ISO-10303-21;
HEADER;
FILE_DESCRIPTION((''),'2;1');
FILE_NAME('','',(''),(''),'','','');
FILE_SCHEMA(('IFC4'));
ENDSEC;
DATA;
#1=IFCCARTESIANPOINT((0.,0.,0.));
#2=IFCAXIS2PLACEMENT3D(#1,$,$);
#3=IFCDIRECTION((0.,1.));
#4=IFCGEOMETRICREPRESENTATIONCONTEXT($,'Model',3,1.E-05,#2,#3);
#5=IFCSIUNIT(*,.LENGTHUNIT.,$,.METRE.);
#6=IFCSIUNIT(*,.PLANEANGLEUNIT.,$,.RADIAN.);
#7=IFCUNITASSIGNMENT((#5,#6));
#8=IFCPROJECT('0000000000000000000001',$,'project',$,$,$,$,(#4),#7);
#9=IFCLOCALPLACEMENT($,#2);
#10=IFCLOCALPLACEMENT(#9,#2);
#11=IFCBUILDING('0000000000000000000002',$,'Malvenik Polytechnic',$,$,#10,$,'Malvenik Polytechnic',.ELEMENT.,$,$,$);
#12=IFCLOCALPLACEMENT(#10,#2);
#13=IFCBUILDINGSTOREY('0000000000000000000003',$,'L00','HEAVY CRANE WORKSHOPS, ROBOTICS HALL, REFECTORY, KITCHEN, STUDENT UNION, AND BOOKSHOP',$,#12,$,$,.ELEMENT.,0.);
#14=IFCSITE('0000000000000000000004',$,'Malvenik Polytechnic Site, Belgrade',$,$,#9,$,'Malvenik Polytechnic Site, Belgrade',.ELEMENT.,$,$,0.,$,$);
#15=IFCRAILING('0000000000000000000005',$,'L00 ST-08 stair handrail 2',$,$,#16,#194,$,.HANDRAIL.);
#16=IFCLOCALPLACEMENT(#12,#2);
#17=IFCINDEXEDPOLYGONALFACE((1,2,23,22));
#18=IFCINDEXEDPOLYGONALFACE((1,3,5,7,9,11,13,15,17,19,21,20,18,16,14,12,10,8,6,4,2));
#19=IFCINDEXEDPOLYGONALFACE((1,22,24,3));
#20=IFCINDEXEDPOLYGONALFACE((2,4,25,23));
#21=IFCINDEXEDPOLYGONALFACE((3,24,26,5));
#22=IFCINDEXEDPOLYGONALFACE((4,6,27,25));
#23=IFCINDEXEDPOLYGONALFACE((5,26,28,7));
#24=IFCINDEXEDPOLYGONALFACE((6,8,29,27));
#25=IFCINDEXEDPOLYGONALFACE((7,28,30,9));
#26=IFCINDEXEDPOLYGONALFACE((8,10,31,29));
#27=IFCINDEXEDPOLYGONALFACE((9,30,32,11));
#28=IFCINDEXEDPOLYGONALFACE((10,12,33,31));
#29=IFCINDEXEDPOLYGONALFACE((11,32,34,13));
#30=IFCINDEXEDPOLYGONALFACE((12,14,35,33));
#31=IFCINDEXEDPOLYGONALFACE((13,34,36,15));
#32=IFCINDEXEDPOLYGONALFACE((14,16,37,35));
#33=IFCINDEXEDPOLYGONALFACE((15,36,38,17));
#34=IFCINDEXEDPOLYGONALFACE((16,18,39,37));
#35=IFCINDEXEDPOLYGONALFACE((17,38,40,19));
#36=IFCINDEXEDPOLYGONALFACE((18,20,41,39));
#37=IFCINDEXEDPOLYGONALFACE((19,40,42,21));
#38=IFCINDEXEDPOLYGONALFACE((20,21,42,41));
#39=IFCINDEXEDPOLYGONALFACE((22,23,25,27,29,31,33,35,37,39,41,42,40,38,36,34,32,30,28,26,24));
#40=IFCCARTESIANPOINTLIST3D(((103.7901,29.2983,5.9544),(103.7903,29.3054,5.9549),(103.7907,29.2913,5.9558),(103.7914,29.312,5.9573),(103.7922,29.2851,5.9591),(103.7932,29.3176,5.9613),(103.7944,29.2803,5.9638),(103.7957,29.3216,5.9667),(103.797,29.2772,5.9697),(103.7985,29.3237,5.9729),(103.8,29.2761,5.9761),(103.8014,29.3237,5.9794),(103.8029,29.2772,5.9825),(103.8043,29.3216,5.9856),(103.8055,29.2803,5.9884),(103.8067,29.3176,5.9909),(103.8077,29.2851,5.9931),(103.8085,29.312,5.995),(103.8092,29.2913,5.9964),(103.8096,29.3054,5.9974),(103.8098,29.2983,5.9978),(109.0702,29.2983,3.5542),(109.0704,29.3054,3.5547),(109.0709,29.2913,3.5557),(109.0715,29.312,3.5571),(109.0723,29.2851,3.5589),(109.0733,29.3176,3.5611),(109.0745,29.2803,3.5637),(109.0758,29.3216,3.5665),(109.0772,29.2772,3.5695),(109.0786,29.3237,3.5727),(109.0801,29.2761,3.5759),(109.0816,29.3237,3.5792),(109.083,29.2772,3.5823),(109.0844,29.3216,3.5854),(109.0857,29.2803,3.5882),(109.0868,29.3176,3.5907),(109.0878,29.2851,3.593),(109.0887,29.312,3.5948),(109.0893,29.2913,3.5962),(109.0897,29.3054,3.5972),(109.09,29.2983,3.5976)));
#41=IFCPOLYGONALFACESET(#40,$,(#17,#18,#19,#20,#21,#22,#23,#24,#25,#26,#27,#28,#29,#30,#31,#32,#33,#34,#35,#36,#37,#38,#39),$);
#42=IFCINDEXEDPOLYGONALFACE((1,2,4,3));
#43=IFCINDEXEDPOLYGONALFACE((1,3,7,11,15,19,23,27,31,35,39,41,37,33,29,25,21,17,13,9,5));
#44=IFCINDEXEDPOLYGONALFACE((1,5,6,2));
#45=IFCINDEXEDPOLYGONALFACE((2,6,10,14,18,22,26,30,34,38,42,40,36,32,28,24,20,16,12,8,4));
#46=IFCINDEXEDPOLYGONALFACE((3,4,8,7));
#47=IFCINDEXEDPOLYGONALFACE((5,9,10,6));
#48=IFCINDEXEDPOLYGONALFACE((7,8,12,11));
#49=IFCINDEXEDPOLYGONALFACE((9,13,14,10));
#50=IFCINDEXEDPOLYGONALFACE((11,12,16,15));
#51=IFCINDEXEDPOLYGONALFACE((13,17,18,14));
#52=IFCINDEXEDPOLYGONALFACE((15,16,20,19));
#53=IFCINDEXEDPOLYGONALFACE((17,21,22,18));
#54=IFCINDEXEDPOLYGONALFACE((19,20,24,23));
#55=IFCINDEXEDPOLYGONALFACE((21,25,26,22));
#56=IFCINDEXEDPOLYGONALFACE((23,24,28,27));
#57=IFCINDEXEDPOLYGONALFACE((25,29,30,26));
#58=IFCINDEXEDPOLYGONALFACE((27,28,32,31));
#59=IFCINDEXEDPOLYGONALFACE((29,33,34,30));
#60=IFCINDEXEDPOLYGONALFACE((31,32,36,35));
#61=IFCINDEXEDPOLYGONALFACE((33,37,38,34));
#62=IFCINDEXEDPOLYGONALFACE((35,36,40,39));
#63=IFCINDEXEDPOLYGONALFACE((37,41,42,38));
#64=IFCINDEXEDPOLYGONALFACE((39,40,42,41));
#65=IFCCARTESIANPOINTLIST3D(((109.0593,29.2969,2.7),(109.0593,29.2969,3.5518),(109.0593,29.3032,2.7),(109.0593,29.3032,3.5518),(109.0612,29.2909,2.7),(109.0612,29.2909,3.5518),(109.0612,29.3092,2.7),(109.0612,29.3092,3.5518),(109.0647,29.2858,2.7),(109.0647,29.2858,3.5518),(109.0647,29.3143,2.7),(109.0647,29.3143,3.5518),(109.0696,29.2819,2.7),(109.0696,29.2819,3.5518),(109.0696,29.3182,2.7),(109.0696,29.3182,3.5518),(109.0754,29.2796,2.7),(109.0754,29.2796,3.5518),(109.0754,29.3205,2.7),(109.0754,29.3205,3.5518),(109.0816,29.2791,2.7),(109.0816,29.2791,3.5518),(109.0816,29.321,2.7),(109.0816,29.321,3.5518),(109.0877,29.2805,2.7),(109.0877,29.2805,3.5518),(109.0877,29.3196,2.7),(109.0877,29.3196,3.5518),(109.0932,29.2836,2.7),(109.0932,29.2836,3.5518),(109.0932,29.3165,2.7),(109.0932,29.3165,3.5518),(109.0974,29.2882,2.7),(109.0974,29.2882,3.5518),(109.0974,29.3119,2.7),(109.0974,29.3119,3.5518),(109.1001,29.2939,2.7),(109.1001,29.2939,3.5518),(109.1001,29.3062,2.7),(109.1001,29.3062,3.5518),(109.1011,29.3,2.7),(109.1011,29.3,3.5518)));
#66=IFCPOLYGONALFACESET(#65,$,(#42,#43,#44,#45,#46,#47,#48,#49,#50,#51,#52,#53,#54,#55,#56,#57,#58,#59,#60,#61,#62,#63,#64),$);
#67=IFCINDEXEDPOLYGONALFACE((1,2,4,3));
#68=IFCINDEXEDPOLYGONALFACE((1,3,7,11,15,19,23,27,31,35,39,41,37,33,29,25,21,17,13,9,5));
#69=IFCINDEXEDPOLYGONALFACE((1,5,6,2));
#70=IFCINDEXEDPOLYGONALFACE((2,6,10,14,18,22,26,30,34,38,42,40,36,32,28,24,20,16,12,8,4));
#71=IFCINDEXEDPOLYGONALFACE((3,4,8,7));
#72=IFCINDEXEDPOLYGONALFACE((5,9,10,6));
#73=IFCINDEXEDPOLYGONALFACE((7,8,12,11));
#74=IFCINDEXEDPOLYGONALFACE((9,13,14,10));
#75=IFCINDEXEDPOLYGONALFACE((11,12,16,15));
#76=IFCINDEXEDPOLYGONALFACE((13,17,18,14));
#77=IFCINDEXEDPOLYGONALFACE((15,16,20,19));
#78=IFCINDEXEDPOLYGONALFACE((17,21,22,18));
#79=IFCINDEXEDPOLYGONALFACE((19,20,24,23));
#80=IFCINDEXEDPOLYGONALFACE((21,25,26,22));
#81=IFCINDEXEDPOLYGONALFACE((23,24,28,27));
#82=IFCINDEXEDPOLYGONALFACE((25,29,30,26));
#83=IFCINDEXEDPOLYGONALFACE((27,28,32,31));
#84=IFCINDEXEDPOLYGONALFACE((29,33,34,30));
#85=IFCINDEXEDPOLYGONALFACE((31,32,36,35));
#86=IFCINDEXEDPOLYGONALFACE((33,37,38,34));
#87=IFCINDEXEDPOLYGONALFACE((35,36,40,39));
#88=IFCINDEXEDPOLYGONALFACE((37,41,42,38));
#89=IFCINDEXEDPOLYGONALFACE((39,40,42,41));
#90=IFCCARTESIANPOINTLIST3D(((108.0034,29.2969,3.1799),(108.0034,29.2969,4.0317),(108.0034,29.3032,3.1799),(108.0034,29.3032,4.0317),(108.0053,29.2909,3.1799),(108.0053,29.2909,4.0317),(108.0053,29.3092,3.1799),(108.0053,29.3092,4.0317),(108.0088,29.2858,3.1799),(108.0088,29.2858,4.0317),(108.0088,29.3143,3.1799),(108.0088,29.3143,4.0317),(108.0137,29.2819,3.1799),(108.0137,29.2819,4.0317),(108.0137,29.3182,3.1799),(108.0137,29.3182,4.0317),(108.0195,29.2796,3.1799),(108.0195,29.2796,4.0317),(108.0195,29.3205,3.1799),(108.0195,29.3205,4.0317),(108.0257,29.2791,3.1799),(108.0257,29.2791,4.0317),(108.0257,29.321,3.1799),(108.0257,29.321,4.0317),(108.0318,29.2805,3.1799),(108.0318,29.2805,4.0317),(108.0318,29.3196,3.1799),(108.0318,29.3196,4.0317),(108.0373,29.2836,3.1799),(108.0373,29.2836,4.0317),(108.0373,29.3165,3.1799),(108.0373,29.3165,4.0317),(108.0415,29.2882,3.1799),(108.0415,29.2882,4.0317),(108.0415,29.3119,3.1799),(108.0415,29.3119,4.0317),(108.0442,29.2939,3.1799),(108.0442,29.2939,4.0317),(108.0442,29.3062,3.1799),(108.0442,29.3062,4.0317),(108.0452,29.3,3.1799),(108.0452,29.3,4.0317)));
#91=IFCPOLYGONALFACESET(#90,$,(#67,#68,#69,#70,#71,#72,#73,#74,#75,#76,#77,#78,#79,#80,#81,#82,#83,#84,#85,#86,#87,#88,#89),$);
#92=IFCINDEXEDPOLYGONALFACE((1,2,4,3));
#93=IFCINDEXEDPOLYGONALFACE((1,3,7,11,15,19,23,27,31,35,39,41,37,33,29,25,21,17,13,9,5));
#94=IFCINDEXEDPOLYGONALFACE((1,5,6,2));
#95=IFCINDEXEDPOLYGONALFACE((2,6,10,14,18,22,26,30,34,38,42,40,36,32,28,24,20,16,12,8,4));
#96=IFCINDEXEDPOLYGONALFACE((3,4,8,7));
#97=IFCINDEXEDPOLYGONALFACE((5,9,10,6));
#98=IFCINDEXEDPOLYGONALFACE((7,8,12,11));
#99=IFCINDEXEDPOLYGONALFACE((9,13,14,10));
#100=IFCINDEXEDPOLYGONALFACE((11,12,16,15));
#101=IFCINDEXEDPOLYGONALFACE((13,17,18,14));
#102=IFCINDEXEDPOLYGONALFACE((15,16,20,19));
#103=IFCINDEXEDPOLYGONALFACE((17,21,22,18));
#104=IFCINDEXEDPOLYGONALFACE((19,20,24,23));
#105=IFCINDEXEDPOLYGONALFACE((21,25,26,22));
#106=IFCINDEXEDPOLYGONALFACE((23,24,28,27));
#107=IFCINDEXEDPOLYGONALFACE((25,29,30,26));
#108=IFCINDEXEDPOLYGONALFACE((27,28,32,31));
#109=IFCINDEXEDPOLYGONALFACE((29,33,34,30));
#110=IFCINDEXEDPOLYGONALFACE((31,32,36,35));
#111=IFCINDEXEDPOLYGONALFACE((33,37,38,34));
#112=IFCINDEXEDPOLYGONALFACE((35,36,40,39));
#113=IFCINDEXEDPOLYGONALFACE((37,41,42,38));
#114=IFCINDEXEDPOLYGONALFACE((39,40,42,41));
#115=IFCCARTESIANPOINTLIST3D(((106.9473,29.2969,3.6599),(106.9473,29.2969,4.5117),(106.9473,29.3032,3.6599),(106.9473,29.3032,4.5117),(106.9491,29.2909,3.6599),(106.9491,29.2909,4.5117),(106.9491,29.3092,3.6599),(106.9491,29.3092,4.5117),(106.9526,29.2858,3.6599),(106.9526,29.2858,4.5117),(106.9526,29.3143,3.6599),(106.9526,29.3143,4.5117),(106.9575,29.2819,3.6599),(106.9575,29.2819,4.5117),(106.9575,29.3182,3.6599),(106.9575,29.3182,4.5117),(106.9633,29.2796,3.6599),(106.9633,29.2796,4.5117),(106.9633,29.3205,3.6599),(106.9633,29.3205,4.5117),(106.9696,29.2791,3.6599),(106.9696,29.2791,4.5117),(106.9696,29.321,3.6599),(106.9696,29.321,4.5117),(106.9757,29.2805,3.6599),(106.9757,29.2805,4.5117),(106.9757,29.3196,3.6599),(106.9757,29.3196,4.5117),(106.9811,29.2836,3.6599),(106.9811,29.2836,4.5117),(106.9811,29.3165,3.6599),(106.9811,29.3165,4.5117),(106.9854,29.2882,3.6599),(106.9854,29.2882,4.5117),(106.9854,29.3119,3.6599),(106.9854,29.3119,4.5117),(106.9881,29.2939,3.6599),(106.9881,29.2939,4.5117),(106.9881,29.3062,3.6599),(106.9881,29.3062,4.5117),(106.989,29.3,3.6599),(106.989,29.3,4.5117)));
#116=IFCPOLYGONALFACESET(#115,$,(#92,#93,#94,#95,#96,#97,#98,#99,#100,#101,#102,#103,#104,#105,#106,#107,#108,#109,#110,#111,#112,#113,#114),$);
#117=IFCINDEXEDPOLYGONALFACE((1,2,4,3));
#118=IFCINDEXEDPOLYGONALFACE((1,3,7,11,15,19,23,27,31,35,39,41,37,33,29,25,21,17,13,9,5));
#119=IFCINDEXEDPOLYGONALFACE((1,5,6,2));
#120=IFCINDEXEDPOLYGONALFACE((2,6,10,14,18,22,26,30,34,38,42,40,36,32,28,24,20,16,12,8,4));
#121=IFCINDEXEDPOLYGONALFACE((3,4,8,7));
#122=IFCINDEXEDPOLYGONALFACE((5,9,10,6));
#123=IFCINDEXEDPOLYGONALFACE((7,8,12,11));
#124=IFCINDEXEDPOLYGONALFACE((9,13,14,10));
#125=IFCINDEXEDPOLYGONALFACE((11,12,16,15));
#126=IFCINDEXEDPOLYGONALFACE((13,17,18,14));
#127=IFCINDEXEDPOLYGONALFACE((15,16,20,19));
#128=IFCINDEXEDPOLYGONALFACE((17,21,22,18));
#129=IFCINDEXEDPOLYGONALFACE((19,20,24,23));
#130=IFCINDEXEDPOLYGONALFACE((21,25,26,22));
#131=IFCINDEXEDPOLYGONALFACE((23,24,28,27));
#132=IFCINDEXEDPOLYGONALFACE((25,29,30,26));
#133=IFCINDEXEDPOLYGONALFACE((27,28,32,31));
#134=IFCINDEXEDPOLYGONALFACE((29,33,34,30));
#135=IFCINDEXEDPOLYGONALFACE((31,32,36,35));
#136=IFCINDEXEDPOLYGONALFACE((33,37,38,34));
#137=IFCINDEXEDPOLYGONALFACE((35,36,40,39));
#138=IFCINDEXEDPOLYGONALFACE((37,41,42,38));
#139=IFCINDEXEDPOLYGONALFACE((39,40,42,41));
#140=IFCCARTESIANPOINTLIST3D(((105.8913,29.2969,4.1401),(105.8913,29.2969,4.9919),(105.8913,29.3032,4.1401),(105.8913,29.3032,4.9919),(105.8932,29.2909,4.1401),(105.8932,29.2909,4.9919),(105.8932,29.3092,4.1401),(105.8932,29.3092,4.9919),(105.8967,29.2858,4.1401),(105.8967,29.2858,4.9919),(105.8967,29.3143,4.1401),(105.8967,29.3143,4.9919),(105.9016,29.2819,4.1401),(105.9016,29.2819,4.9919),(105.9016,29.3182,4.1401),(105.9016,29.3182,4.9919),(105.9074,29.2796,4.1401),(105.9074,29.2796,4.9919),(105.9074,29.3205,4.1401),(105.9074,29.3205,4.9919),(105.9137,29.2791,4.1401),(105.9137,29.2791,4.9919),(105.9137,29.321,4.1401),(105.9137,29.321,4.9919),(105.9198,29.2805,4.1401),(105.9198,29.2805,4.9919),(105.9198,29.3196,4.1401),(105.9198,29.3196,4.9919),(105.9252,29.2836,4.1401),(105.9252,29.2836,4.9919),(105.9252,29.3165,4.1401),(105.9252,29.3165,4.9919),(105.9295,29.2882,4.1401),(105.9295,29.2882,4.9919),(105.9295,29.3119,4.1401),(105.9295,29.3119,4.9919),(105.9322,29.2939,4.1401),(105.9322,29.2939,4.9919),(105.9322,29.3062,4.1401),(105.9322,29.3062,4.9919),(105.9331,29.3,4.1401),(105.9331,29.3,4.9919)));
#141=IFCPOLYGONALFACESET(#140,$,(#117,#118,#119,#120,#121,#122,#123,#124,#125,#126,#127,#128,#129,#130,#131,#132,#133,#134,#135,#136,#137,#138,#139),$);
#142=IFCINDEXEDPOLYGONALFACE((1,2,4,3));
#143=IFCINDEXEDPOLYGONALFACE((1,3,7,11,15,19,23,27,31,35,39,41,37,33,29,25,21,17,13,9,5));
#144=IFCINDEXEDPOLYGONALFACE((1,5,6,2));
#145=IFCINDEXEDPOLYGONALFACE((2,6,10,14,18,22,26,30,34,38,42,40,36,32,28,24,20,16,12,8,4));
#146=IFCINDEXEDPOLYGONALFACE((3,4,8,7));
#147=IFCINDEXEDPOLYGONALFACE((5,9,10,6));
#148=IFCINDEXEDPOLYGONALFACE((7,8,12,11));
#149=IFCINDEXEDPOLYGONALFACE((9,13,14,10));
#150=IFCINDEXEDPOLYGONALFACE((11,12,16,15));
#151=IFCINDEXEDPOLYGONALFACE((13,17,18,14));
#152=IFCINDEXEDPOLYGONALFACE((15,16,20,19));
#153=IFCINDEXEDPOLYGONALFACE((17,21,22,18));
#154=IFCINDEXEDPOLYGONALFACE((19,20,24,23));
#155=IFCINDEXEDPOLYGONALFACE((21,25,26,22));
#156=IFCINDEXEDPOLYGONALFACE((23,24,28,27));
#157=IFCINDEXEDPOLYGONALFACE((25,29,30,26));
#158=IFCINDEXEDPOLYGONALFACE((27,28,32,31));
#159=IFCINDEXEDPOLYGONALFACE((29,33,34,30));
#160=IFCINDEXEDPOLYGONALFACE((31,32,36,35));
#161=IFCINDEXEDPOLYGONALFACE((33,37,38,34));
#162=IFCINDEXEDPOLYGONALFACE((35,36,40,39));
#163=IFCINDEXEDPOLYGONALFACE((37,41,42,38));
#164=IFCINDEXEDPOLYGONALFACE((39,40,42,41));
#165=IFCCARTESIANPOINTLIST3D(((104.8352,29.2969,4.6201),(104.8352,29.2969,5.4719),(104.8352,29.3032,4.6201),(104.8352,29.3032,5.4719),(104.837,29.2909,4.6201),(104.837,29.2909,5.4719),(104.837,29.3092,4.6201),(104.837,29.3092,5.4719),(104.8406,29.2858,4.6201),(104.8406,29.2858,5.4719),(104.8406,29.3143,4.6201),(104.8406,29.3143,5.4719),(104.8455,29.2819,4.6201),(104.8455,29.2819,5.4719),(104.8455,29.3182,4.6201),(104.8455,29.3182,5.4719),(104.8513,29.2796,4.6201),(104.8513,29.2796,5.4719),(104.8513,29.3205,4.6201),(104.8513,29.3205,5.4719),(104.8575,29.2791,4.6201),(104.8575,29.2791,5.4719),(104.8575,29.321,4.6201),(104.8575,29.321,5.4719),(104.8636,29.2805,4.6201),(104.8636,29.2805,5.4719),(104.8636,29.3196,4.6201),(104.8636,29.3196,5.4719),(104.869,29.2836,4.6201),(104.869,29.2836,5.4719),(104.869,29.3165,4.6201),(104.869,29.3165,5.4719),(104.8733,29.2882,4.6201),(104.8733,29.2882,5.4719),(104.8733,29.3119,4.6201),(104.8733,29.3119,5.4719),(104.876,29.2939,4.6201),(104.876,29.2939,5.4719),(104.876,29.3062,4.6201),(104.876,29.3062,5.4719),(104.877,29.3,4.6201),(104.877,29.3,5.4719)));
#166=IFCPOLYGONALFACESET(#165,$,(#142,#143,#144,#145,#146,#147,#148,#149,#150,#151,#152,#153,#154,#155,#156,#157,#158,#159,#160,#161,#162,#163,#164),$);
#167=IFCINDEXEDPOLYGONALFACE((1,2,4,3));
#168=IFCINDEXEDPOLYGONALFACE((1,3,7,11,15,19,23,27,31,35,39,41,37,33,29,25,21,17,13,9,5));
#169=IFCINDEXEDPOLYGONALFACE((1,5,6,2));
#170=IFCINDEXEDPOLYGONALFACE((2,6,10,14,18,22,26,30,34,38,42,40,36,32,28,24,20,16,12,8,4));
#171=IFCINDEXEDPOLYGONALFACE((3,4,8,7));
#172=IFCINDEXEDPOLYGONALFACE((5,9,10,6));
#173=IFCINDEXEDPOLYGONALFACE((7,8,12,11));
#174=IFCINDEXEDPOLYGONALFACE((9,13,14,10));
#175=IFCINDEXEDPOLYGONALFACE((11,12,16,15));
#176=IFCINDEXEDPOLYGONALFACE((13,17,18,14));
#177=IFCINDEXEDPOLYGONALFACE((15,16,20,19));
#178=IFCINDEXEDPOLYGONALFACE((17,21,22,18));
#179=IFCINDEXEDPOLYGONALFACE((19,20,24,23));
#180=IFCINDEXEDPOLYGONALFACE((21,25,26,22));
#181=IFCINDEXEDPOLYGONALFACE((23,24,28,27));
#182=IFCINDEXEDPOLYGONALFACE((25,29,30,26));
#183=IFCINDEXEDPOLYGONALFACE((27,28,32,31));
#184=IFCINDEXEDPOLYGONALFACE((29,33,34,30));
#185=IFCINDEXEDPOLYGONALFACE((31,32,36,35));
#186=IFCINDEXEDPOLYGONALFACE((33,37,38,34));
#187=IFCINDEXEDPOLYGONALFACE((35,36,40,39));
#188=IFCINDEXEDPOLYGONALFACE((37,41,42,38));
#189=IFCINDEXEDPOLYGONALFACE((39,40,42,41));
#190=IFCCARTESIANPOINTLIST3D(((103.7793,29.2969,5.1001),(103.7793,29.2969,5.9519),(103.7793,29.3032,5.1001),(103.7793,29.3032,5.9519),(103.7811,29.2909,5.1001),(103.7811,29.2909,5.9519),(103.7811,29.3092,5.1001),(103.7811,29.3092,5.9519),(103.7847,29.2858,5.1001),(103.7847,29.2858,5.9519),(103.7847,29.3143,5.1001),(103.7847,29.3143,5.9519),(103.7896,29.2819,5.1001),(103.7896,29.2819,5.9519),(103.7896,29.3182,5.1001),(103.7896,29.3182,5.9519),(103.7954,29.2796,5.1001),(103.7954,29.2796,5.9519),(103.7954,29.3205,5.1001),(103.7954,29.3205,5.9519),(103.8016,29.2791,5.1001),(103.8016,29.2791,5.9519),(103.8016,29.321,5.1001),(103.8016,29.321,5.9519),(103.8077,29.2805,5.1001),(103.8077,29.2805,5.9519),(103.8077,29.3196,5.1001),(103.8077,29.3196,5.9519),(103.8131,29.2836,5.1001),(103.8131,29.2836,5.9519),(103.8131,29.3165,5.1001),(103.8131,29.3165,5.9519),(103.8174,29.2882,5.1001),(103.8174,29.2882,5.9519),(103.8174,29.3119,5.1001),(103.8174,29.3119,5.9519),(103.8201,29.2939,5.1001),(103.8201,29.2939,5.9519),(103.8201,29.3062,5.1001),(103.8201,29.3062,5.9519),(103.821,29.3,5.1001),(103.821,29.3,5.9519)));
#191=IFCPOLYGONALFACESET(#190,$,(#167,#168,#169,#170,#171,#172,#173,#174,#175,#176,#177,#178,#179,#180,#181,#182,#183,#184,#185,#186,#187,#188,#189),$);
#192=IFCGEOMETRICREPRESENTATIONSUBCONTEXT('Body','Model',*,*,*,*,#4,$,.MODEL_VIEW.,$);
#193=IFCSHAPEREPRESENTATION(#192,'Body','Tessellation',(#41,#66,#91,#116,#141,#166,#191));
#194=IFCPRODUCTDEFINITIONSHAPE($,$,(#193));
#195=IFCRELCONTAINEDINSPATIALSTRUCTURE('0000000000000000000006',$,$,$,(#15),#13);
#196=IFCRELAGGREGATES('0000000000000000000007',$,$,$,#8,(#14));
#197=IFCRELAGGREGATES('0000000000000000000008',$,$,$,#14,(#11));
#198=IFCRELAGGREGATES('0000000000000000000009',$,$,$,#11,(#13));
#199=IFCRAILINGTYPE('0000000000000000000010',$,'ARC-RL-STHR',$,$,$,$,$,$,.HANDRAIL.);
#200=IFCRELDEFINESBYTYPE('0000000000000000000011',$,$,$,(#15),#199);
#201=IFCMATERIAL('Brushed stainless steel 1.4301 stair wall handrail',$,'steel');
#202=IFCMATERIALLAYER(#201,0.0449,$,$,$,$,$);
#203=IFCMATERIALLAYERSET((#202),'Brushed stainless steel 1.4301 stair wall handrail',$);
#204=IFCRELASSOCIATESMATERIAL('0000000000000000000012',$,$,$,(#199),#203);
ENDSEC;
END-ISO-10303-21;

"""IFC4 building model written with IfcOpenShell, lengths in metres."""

from ifc_helpers import new_model, si_unit, direction, frame, origin, origin_2d, place, context, subcontext, project, spatial, circle, extrude, material, layer, layer_set, type_object, element, save


model = new_model("IFC4")

# Units and contexts
model_context = context("Model", 3, precision=1e-05, world=origin(), true_north=direction((0.0, 1.0)))
body_context = subcontext(model_context, "Body", "Model", "MODEL_VIEW")
ifc_project = project(units=[si_unit("LENGTHUNIT", "METRE"), si_unit("PLANEANGLEUNIT", "RADIAN")], contexts=[model_context])

# Site, building, storey
site_placement = place(None, origin())
site = spatial("IfcSite", under=ifc_project, at=site_placement, Name="Malvenik Polytechnic Site, Belgrade", LongName="Malvenik Polytechnic Site, Belgrade", CompositionType="ELEMENT", RefElevation=0.0)
building_placement = place(site_placement, origin())
building = spatial("IfcBuilding", under=site, at=building_placement, Name="Malvenik Polytechnic", LongName="Malvenik Polytechnic", CompositionType="ELEMENT")
storey_placement = place(building_placement, origin())
storey = spatial("IfcBuildingStorey", under=building, at=storey_placement, Name="L00", Description="HEAVY CRANE WORKSHOPS, ROBOTICS HALL, REFECTORY, KITCHEN, STUDENT UNION, AND BOOKSHOP", CompositionType="ELEMENT", Elevation=0.0)

# Railing
ifc_material_1 = material(Name="Brushed stainless steel 1.4301 stair wall handrail", Category="steel")
ifc_layer_1 = layer(ifc_material_1, 0.0449)
ifc_layer_set_1 = layer_set([ifc_layer_1], Name="Brushed stainless steel 1.4301 stair wall handrail")
railing_type_1 = type_object("IfcRailingType", Name="ARC-RL-STHR", PredefinedType="HANDRAIL", material=ifc_layer_set_1)
railing_1_placement = place(storey_placement, frame((109.0801, 29.3, 2.7)))
element("IfcRailing", 1, at=railing_1_placement, inside=storey, type_object=railing_type_1, Name="L00 ST-08 stair handrail 2", PredefinedType="HANDRAIL", context=body_context, shape_type="SweptSolid", body=[
    extrude(circle(Radius=0.0239, at=origin_2d()), frame((0.0, 0.0, 0.876), z_axis=(-0.910358, 0.0, 0.413822), x_axis=(0.0, -1.0, 0.0)), (0.0, 0.0, 1.0), 5.8),
    extrude(circle(Radius=0.021, at=origin_2d()), origin(), (0.0, 0.0, 1.0), 0.8518),
    extrude(circle(Radius=0.021, at=origin_2d()), frame((-1.0559, 0.0, 0.48)), (0.0, 0.0, 1.0), 0.8518),
    extrude(circle(Radius=0.021, at=origin_2d()), frame((-2.1121, 0.0, 0.96)), (0.0, 0.0, 1.0), 0.8518),
    extrude(circle(Radius=0.021, at=origin_2d()), frame((-3.168, 0.0, 1.4402)), (0.0, 0.0, 1.0), 0.8518),
    extrude(circle(Radius=0.021, at=origin_2d()), frame((-4.2241, 0.0, 1.9202)), (0.0, 0.0, 1.0), 0.8518),
    extrude(circle(Radius=0.021, at=origin_2d()), frame((-5.28, 0.0, 2.4001)), (0.0, 0.0, 1.0), 0.8518),
])

save(model, "model.ifc")
